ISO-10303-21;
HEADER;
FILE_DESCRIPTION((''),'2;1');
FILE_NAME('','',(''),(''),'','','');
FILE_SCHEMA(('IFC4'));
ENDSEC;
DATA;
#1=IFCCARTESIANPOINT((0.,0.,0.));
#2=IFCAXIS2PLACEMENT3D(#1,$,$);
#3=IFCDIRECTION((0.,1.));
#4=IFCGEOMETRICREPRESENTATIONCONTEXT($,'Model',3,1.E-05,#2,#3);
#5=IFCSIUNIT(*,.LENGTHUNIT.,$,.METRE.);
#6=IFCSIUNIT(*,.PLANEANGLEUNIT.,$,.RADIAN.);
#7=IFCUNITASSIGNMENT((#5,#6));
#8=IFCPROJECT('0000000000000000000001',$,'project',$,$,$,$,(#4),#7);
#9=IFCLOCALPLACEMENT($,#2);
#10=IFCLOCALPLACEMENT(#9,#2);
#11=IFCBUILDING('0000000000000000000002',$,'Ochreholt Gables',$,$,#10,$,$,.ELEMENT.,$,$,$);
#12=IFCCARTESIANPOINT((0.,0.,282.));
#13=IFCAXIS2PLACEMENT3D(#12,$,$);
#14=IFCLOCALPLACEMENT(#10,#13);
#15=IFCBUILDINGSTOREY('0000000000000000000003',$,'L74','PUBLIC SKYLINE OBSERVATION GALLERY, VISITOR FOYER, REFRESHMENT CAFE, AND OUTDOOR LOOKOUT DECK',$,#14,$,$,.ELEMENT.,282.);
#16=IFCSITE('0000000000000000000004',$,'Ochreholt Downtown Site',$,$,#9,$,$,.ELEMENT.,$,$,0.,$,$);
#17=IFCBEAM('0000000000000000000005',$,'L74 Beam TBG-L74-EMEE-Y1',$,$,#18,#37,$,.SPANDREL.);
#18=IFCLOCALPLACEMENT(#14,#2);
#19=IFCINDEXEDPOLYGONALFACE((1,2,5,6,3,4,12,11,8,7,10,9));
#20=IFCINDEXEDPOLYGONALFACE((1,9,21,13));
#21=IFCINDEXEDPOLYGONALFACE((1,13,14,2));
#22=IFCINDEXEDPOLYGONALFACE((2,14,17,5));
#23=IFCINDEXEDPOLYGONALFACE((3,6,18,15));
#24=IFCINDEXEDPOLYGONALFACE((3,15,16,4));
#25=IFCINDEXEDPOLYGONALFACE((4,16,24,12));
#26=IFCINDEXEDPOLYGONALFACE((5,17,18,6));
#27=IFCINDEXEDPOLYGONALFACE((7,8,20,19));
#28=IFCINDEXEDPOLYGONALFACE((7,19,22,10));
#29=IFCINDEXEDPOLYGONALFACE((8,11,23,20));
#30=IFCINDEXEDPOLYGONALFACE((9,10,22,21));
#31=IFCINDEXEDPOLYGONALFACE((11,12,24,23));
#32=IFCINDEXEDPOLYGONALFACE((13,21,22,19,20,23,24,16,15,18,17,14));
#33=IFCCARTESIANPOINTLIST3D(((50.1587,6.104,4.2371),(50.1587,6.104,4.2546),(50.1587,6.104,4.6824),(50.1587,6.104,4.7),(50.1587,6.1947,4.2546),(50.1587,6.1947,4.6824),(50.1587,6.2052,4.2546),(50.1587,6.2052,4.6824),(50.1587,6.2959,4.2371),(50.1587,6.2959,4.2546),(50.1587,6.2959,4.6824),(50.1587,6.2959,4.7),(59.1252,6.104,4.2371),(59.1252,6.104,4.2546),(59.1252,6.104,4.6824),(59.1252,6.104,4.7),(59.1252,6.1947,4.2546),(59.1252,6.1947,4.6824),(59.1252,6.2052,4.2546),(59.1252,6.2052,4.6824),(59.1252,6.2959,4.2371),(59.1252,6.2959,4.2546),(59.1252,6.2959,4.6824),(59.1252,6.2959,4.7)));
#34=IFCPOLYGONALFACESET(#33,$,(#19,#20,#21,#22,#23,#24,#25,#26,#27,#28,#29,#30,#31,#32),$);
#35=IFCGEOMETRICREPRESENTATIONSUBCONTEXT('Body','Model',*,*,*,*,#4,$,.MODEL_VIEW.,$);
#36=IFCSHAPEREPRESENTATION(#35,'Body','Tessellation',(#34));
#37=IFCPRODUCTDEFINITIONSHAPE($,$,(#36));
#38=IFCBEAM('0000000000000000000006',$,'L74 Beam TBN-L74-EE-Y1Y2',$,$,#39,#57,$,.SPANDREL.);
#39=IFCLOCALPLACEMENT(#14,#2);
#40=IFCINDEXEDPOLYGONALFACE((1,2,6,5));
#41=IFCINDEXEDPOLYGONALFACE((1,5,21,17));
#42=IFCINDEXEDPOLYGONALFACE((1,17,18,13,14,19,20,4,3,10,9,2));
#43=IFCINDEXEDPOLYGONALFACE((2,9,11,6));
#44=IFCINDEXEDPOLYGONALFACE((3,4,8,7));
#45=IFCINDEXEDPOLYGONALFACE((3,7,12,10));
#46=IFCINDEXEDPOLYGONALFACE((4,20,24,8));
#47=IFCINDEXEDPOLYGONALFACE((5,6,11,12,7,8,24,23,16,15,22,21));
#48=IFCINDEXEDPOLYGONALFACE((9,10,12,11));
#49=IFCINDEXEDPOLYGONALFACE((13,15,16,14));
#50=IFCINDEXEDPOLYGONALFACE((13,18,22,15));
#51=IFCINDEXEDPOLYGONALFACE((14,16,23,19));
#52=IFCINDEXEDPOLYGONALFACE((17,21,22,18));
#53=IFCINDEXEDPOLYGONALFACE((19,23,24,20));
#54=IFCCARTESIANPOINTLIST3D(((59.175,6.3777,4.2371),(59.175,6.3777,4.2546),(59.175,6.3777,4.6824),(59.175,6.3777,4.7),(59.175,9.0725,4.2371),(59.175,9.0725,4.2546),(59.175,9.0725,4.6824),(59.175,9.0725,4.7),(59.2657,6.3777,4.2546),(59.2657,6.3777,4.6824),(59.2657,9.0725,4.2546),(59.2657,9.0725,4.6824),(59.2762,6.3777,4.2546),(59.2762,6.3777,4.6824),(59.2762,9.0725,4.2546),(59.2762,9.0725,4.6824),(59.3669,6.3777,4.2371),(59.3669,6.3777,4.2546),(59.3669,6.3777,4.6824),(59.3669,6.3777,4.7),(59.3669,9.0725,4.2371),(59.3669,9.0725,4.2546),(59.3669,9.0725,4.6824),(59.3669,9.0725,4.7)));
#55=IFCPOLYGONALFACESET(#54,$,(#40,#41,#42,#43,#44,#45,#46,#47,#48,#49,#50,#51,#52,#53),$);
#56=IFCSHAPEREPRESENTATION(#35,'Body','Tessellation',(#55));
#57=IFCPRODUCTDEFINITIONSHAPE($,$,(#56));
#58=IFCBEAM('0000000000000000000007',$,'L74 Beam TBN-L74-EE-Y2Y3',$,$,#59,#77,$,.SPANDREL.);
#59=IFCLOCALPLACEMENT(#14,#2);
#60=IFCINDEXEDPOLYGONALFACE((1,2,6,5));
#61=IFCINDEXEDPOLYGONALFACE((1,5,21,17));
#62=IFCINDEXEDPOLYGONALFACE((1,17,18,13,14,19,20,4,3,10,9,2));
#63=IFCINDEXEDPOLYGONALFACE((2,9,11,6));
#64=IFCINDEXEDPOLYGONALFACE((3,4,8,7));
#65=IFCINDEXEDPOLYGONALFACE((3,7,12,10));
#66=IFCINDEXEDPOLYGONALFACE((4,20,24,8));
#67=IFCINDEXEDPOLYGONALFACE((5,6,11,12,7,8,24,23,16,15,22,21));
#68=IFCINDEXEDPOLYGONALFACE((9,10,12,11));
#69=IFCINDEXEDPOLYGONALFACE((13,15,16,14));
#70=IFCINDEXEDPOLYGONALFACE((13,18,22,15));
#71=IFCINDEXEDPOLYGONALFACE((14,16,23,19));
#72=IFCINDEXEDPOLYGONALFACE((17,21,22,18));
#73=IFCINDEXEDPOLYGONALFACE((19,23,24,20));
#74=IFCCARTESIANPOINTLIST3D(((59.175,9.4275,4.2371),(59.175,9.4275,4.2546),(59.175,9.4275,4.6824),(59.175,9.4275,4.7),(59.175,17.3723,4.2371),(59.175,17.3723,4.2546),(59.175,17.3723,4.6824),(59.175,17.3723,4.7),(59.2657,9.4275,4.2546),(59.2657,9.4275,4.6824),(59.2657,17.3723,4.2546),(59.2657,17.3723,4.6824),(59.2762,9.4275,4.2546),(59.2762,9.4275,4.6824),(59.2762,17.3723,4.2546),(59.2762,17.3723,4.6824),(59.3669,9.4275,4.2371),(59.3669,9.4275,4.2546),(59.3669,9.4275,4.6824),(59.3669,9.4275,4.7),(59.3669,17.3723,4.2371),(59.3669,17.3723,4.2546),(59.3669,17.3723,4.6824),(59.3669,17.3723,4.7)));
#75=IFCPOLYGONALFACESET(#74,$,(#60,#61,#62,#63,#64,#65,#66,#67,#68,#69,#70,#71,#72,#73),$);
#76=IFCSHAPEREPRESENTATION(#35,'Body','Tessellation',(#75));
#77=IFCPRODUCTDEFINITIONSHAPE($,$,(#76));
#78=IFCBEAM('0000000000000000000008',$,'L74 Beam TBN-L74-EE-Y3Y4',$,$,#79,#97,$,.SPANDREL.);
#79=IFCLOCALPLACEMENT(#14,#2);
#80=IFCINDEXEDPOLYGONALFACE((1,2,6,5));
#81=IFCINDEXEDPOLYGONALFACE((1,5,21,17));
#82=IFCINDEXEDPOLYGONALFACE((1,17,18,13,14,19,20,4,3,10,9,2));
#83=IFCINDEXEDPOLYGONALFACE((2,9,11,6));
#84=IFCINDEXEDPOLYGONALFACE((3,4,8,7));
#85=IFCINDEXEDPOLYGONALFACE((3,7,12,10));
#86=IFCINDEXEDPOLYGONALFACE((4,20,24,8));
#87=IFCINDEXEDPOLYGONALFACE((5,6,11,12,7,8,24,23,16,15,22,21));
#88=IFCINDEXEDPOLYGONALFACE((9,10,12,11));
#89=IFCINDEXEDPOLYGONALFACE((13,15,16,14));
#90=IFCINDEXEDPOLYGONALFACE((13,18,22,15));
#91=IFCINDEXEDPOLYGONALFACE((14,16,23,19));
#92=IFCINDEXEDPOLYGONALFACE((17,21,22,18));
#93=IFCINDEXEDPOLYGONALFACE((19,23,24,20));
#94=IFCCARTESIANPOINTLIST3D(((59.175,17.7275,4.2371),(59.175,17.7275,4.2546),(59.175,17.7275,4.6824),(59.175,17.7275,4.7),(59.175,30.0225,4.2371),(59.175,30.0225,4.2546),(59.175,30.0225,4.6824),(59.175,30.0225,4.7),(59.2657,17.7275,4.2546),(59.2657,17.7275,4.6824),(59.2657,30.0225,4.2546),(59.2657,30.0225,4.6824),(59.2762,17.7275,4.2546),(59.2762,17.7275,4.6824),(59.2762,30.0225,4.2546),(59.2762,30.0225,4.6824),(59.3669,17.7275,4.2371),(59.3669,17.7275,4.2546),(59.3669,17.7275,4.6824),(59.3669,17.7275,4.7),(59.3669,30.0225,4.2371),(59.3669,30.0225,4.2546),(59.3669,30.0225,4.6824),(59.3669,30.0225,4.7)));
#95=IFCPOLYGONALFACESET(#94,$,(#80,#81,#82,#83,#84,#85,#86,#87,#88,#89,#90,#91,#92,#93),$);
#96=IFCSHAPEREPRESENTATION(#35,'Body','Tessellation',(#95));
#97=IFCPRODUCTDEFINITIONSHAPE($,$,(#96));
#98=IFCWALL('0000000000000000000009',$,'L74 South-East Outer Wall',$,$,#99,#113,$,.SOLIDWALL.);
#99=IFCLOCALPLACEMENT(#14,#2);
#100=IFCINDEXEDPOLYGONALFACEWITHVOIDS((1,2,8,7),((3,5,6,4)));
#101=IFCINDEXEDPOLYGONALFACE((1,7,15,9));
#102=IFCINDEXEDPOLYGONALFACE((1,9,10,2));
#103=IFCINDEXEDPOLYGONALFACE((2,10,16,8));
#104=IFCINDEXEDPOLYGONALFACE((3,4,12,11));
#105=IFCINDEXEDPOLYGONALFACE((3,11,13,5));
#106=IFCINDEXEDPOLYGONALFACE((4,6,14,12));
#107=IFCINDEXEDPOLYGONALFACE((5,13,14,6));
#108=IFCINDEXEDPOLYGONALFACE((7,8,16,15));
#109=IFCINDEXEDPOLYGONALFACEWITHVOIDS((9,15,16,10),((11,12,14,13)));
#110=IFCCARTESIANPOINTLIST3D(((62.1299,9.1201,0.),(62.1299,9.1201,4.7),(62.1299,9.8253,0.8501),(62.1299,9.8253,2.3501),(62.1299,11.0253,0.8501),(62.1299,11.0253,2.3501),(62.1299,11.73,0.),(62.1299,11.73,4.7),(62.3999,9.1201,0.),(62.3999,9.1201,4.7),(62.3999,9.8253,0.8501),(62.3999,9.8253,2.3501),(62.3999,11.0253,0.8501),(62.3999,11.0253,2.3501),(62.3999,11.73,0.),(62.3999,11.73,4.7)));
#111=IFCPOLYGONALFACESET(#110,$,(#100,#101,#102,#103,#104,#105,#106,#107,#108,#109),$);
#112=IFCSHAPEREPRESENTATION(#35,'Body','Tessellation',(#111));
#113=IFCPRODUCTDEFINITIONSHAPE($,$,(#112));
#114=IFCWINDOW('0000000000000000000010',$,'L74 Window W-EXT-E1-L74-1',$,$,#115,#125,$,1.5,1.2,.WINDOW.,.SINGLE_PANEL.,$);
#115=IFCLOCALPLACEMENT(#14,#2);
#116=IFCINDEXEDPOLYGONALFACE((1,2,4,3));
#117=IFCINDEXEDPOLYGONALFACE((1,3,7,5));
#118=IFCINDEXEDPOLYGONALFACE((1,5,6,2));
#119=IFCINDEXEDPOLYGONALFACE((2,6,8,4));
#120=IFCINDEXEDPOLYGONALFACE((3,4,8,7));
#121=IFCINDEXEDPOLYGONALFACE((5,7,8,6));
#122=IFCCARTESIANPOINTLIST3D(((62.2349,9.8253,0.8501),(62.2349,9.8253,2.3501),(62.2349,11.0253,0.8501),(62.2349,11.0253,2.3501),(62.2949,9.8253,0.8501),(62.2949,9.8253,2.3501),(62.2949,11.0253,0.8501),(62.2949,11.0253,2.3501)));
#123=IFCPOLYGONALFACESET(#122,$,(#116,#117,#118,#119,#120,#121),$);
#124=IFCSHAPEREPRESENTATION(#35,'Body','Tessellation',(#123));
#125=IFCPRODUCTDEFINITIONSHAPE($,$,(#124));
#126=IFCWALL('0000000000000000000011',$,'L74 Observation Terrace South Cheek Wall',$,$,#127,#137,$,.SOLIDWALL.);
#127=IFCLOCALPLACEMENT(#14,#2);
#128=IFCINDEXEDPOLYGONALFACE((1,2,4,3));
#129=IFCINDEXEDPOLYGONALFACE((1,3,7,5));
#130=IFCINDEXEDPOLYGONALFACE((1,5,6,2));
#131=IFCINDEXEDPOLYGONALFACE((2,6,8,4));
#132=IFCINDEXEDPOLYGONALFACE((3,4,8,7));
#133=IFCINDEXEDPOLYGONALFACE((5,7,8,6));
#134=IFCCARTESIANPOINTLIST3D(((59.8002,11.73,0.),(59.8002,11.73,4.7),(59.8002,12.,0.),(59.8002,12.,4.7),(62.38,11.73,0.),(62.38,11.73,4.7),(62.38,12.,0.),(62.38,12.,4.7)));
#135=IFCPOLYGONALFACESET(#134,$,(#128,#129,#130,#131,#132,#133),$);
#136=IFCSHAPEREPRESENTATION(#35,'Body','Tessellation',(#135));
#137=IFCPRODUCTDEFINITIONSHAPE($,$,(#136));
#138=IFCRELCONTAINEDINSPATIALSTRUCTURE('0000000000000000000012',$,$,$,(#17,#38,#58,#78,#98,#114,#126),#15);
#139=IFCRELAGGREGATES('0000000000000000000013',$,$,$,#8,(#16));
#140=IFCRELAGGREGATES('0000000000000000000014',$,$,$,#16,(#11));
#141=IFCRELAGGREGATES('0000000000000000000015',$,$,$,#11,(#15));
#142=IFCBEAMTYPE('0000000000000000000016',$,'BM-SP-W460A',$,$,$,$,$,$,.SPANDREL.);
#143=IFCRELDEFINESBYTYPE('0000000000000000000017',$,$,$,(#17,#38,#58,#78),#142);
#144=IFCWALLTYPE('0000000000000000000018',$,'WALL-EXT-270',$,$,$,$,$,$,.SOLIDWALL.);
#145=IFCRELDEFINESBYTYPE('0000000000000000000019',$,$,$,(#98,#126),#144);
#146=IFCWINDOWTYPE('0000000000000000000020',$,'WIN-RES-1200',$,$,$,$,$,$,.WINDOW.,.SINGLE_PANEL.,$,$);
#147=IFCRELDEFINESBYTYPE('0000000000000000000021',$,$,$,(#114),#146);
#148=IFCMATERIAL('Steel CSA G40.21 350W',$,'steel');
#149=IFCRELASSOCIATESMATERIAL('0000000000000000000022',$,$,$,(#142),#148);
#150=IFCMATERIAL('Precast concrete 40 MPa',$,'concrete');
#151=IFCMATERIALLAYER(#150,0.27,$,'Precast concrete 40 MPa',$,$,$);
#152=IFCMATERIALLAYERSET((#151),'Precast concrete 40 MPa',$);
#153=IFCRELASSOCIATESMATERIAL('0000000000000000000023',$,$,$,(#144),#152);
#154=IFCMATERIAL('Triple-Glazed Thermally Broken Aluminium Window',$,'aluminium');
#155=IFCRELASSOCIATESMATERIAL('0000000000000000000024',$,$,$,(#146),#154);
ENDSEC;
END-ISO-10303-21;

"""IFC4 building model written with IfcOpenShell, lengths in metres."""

from ifc_helpers import new_model, si_unit, direction, frame, frame_2d, origin, origin_2d, place, context, subcontext, project, spatial, rectangle, i_section, extrude, material, layer, layer_set, material_profile, profile_set, type_object, element, fill, save


model = new_model("IFC4")

# Units and contexts
model_context = context("Model", 3, precision=1e-05, world=origin(), true_north=direction((0.0, 1.0)))
body_context = subcontext(model_context, "Body", "Model", "MODEL_VIEW")
ifc_project = project(units=[si_unit("LENGTHUNIT", "METRE"), si_unit("PLANEANGLEUNIT", "RADIAN")], contexts=[model_context])

# Site, building, storey
site_placement = place(None, origin())
site = spatial("IfcSite", under=ifc_project, at=site_placement, Name="Ochreholt Downtown Site", CompositionType="ELEMENT", RefElevation=0.0)
building_placement = place(site_placement, origin())
building = spatial("IfcBuilding", under=site, at=building_placement, Name="Ochreholt Gables", CompositionType="ELEMENT")
storey_placement = place(building_placement, frame((0.0, 0.0, 282.0)))
storey = spatial("IfcBuildingStorey", under=building, at=storey_placement, Name="L74", Description="PUBLIC SKYLINE OBSERVATION GALLERY, VISITOR FOYER, REFRESHMENT CAFE, AND OUTDOOR LOOKOUT DECK", CompositionType="ELEMENT", Elevation=282.0)

# Shared definitions
ifc_material_1 = material(Name="Steel CSA G40.21 350W", Category="steel")

# Beams
ifc_material_profile_1 = material_profile(ifc_material_1, i_section(OverallWidth=0.1919, OverallDepth=0.4629, WebThickness=0.0105, FlangeThickness=0.0176, at=origin_2d()), Name="W460X89")
ifc_profile_set_1 = profile_set([ifc_material_profile_1], Name="Steel CSA G40.21 350W")
beam_type_1 = type_object("IfcBeamType", Name="BM-SP-W460A", PredefinedType="SPANDREL", material=ifc_profile_set_1)
beam_1_placement = place(storey_placement, frame((50.1587, 6.2, 4.4685), z_axis=(1.0, 0.0, 0.0), x_axis=(0.0, 1.0, 0.0)))
element("IfcBeam", 1, at=beam_1_placement, inside=storey, type_object=beam_type_1, Name="L74 Beam TBG-L74-EMEE-Y1", PredefinedType="SPANDREL", context=body_context, shape_type="SweptSolid", body=[
    extrude(i_section(OverallWidth=0.1919, OverallDepth=0.4629, WebThickness=0.0105, FlangeThickness=0.0176, at=origin_2d()), origin(), (0.0, 0.0, 1.0), 8.9666),
])
beam_2_placement = place(storey_placement, frame((59.271, 6.3777, 4.4685), z_axis=(0.0, 1.0, 0.0), x_axis=(-1.0, 0.0, 0.0)))
element("IfcBeam", 2, at=beam_2_placement, inside=storey, type_object=beam_type_1, Name="L74 Beam TBN-L74-EE-Y1Y2", PredefinedType="SPANDREL", context=body_context, shape_type="SweptSolid", body=[
    extrude(i_section(OverallWidth=0.1919, OverallDepth=0.4629, WebThickness=0.0105, FlangeThickness=0.0176, at=origin_2d()), origin(), (0.0, 0.0, 1.0), 2.6948),
])
beam_3_placement = place(storey_placement, frame((59.271, 9.4275, 4.4685), z_axis=(0.0, 1.0, 0.0), x_axis=(-1.0, 0.0, 0.0)))
element("IfcBeam", 3, at=beam_3_placement, inside=storey, type_object=beam_type_1, Name="L74 Beam TBN-L74-EE-Y2Y3", PredefinedType="SPANDREL", context=body_context, shape_type="SweptSolid", body=[
    extrude(i_section(OverallWidth=0.1919, OverallDepth=0.4629, WebThickness=0.0105, FlangeThickness=0.0176, at=origin_2d()), origin(), (0.0, 0.0, 1.0), 7.9448),
])
beam_4_placement = place(storey_placement, frame((59.271, 17.7275, 4.4685), z_axis=(0.0, 1.0, 0.0), x_axis=(-1.0, 0.0, 0.0)))
element("IfcBeam", 4, at=beam_4_placement, inside=storey, type_object=beam_type_1, Name="L74 Beam TBN-L74-EE-Y3Y4", PredefinedType="SPANDREL", context=body_context, shape_type="SweptSolid", body=[
    extrude(i_section(OverallWidth=0.1919, OverallDepth=0.4629, WebThickness=0.0105, FlangeThickness=0.0176, at=origin_2d()), origin(), (0.0, 0.0, 1.0), 12.2949),
])

# Wall, opening, window
ifc_material_2 = material(Name="Precast concrete 40 MPa", Category="concrete")
ifc_layer_1 = layer(ifc_material_2, 0.27, Name="Precast concrete 40 MPa")
ifc_layer_set_1 = layer_set([ifc_layer_1], Name="Precast concrete 40 MPa")
wall_type_1 = type_object("IfcWallType", Name="WALL-EXT-270", PredefinedType="SOLIDWALL", material=ifc_layer_set_1)
wall_1_placement = place(storey_placement, frame((62.2649, 9.1201, 0.0), z_axis=(0.0, 0.0, 1.0), x_axis=(0.0, 1.0, 0.0)))
wall_1 = element("IfcWall", 5, at=wall_1_placement, inside=storey, type_object=wall_type_1, Name="L74 South-East Outer Wall", PredefinedType="SOLIDWALL", context=body_context, shape_type="SweptSolid", body=[
    extrude(rectangle(XDim=2.6099, YDim=0.27, at=frame_2d((1.3049, 0.0))), origin(), (0.0, 0.0, 1.0), 4.7),
])
opening_1_placement = place(wall_1_placement, frame((0.7051, 0.0, 0.8501)))
opening_1 = element("IfcOpeningElement", 6, at=opening_1_placement, cuts=wall_1, PredefinedType="OPENING", context=body_context, shape_type="SweptSolid", body=[
    extrude(rectangle(XDim=1.2, YDim=1.5, at=frame_2d((0.6001, 0.75))), frame((0.0, 0.145, 0.0), z_axis=(0.0, -1.0, 0.0), x_axis=(1.0, 0.0, 0.0)), (0.0, 0.0, 1.0), 0.29),
])
ifc_material_3 = material(Name="Triple-Glazed Thermally Broken Aluminium Window", Category="aluminium")
window_type_1 = type_object("IfcWindowType", Name="WIN-RES-1200", PartitioningType="SINGLE_PANEL", PredefinedType="WINDOW", material=ifc_material_3)
window_1_placement = place(opening_1_placement, origin())
window_1 = element("IfcWindow", 7, at=window_1_placement, inside=storey, type_object=window_type_1, Name="L74 Window W-EXT-E1-L74-1", OverallHeight=1.5, OverallWidth=1.2, PartitioningType="SINGLE_PANEL", PredefinedType="WINDOW", context=body_context, shape_type="SweptSolid", body=[
    extrude(rectangle(XDim=1.2, YDim=1.5, at=frame_2d((0.6001, 0.75))), frame((0.0, 0.03, 0.0), z_axis=(0.0, -1.0, 0.0), x_axis=(1.0, 0.0, 0.0)), (0.0, 0.0, 1.0), 0.0601),
])
fill(opening_1, window_1)

# Wall
wall_2_placement = place(storey_placement, frame((59.8, 11.865, 0.0), z_axis=(0.0, 0.0, 1.0), x_axis=(1.0, 0.0, 0.0)))
element("IfcWall", 8, at=wall_2_placement, inside=storey, type_object=wall_type_1, Name="L74 Observation Terrace South Cheek Wall", PredefinedType="SOLIDWALL", context=body_context, shape_type="SweptSolid", body=[
    extrude(rectangle(XDim=2.5798, YDim=0.27, at=frame_2d((1.29, 0.0))), origin(), (0.0, 0.0, 1.0), 4.7),
])

save(model, "model.ifc")
